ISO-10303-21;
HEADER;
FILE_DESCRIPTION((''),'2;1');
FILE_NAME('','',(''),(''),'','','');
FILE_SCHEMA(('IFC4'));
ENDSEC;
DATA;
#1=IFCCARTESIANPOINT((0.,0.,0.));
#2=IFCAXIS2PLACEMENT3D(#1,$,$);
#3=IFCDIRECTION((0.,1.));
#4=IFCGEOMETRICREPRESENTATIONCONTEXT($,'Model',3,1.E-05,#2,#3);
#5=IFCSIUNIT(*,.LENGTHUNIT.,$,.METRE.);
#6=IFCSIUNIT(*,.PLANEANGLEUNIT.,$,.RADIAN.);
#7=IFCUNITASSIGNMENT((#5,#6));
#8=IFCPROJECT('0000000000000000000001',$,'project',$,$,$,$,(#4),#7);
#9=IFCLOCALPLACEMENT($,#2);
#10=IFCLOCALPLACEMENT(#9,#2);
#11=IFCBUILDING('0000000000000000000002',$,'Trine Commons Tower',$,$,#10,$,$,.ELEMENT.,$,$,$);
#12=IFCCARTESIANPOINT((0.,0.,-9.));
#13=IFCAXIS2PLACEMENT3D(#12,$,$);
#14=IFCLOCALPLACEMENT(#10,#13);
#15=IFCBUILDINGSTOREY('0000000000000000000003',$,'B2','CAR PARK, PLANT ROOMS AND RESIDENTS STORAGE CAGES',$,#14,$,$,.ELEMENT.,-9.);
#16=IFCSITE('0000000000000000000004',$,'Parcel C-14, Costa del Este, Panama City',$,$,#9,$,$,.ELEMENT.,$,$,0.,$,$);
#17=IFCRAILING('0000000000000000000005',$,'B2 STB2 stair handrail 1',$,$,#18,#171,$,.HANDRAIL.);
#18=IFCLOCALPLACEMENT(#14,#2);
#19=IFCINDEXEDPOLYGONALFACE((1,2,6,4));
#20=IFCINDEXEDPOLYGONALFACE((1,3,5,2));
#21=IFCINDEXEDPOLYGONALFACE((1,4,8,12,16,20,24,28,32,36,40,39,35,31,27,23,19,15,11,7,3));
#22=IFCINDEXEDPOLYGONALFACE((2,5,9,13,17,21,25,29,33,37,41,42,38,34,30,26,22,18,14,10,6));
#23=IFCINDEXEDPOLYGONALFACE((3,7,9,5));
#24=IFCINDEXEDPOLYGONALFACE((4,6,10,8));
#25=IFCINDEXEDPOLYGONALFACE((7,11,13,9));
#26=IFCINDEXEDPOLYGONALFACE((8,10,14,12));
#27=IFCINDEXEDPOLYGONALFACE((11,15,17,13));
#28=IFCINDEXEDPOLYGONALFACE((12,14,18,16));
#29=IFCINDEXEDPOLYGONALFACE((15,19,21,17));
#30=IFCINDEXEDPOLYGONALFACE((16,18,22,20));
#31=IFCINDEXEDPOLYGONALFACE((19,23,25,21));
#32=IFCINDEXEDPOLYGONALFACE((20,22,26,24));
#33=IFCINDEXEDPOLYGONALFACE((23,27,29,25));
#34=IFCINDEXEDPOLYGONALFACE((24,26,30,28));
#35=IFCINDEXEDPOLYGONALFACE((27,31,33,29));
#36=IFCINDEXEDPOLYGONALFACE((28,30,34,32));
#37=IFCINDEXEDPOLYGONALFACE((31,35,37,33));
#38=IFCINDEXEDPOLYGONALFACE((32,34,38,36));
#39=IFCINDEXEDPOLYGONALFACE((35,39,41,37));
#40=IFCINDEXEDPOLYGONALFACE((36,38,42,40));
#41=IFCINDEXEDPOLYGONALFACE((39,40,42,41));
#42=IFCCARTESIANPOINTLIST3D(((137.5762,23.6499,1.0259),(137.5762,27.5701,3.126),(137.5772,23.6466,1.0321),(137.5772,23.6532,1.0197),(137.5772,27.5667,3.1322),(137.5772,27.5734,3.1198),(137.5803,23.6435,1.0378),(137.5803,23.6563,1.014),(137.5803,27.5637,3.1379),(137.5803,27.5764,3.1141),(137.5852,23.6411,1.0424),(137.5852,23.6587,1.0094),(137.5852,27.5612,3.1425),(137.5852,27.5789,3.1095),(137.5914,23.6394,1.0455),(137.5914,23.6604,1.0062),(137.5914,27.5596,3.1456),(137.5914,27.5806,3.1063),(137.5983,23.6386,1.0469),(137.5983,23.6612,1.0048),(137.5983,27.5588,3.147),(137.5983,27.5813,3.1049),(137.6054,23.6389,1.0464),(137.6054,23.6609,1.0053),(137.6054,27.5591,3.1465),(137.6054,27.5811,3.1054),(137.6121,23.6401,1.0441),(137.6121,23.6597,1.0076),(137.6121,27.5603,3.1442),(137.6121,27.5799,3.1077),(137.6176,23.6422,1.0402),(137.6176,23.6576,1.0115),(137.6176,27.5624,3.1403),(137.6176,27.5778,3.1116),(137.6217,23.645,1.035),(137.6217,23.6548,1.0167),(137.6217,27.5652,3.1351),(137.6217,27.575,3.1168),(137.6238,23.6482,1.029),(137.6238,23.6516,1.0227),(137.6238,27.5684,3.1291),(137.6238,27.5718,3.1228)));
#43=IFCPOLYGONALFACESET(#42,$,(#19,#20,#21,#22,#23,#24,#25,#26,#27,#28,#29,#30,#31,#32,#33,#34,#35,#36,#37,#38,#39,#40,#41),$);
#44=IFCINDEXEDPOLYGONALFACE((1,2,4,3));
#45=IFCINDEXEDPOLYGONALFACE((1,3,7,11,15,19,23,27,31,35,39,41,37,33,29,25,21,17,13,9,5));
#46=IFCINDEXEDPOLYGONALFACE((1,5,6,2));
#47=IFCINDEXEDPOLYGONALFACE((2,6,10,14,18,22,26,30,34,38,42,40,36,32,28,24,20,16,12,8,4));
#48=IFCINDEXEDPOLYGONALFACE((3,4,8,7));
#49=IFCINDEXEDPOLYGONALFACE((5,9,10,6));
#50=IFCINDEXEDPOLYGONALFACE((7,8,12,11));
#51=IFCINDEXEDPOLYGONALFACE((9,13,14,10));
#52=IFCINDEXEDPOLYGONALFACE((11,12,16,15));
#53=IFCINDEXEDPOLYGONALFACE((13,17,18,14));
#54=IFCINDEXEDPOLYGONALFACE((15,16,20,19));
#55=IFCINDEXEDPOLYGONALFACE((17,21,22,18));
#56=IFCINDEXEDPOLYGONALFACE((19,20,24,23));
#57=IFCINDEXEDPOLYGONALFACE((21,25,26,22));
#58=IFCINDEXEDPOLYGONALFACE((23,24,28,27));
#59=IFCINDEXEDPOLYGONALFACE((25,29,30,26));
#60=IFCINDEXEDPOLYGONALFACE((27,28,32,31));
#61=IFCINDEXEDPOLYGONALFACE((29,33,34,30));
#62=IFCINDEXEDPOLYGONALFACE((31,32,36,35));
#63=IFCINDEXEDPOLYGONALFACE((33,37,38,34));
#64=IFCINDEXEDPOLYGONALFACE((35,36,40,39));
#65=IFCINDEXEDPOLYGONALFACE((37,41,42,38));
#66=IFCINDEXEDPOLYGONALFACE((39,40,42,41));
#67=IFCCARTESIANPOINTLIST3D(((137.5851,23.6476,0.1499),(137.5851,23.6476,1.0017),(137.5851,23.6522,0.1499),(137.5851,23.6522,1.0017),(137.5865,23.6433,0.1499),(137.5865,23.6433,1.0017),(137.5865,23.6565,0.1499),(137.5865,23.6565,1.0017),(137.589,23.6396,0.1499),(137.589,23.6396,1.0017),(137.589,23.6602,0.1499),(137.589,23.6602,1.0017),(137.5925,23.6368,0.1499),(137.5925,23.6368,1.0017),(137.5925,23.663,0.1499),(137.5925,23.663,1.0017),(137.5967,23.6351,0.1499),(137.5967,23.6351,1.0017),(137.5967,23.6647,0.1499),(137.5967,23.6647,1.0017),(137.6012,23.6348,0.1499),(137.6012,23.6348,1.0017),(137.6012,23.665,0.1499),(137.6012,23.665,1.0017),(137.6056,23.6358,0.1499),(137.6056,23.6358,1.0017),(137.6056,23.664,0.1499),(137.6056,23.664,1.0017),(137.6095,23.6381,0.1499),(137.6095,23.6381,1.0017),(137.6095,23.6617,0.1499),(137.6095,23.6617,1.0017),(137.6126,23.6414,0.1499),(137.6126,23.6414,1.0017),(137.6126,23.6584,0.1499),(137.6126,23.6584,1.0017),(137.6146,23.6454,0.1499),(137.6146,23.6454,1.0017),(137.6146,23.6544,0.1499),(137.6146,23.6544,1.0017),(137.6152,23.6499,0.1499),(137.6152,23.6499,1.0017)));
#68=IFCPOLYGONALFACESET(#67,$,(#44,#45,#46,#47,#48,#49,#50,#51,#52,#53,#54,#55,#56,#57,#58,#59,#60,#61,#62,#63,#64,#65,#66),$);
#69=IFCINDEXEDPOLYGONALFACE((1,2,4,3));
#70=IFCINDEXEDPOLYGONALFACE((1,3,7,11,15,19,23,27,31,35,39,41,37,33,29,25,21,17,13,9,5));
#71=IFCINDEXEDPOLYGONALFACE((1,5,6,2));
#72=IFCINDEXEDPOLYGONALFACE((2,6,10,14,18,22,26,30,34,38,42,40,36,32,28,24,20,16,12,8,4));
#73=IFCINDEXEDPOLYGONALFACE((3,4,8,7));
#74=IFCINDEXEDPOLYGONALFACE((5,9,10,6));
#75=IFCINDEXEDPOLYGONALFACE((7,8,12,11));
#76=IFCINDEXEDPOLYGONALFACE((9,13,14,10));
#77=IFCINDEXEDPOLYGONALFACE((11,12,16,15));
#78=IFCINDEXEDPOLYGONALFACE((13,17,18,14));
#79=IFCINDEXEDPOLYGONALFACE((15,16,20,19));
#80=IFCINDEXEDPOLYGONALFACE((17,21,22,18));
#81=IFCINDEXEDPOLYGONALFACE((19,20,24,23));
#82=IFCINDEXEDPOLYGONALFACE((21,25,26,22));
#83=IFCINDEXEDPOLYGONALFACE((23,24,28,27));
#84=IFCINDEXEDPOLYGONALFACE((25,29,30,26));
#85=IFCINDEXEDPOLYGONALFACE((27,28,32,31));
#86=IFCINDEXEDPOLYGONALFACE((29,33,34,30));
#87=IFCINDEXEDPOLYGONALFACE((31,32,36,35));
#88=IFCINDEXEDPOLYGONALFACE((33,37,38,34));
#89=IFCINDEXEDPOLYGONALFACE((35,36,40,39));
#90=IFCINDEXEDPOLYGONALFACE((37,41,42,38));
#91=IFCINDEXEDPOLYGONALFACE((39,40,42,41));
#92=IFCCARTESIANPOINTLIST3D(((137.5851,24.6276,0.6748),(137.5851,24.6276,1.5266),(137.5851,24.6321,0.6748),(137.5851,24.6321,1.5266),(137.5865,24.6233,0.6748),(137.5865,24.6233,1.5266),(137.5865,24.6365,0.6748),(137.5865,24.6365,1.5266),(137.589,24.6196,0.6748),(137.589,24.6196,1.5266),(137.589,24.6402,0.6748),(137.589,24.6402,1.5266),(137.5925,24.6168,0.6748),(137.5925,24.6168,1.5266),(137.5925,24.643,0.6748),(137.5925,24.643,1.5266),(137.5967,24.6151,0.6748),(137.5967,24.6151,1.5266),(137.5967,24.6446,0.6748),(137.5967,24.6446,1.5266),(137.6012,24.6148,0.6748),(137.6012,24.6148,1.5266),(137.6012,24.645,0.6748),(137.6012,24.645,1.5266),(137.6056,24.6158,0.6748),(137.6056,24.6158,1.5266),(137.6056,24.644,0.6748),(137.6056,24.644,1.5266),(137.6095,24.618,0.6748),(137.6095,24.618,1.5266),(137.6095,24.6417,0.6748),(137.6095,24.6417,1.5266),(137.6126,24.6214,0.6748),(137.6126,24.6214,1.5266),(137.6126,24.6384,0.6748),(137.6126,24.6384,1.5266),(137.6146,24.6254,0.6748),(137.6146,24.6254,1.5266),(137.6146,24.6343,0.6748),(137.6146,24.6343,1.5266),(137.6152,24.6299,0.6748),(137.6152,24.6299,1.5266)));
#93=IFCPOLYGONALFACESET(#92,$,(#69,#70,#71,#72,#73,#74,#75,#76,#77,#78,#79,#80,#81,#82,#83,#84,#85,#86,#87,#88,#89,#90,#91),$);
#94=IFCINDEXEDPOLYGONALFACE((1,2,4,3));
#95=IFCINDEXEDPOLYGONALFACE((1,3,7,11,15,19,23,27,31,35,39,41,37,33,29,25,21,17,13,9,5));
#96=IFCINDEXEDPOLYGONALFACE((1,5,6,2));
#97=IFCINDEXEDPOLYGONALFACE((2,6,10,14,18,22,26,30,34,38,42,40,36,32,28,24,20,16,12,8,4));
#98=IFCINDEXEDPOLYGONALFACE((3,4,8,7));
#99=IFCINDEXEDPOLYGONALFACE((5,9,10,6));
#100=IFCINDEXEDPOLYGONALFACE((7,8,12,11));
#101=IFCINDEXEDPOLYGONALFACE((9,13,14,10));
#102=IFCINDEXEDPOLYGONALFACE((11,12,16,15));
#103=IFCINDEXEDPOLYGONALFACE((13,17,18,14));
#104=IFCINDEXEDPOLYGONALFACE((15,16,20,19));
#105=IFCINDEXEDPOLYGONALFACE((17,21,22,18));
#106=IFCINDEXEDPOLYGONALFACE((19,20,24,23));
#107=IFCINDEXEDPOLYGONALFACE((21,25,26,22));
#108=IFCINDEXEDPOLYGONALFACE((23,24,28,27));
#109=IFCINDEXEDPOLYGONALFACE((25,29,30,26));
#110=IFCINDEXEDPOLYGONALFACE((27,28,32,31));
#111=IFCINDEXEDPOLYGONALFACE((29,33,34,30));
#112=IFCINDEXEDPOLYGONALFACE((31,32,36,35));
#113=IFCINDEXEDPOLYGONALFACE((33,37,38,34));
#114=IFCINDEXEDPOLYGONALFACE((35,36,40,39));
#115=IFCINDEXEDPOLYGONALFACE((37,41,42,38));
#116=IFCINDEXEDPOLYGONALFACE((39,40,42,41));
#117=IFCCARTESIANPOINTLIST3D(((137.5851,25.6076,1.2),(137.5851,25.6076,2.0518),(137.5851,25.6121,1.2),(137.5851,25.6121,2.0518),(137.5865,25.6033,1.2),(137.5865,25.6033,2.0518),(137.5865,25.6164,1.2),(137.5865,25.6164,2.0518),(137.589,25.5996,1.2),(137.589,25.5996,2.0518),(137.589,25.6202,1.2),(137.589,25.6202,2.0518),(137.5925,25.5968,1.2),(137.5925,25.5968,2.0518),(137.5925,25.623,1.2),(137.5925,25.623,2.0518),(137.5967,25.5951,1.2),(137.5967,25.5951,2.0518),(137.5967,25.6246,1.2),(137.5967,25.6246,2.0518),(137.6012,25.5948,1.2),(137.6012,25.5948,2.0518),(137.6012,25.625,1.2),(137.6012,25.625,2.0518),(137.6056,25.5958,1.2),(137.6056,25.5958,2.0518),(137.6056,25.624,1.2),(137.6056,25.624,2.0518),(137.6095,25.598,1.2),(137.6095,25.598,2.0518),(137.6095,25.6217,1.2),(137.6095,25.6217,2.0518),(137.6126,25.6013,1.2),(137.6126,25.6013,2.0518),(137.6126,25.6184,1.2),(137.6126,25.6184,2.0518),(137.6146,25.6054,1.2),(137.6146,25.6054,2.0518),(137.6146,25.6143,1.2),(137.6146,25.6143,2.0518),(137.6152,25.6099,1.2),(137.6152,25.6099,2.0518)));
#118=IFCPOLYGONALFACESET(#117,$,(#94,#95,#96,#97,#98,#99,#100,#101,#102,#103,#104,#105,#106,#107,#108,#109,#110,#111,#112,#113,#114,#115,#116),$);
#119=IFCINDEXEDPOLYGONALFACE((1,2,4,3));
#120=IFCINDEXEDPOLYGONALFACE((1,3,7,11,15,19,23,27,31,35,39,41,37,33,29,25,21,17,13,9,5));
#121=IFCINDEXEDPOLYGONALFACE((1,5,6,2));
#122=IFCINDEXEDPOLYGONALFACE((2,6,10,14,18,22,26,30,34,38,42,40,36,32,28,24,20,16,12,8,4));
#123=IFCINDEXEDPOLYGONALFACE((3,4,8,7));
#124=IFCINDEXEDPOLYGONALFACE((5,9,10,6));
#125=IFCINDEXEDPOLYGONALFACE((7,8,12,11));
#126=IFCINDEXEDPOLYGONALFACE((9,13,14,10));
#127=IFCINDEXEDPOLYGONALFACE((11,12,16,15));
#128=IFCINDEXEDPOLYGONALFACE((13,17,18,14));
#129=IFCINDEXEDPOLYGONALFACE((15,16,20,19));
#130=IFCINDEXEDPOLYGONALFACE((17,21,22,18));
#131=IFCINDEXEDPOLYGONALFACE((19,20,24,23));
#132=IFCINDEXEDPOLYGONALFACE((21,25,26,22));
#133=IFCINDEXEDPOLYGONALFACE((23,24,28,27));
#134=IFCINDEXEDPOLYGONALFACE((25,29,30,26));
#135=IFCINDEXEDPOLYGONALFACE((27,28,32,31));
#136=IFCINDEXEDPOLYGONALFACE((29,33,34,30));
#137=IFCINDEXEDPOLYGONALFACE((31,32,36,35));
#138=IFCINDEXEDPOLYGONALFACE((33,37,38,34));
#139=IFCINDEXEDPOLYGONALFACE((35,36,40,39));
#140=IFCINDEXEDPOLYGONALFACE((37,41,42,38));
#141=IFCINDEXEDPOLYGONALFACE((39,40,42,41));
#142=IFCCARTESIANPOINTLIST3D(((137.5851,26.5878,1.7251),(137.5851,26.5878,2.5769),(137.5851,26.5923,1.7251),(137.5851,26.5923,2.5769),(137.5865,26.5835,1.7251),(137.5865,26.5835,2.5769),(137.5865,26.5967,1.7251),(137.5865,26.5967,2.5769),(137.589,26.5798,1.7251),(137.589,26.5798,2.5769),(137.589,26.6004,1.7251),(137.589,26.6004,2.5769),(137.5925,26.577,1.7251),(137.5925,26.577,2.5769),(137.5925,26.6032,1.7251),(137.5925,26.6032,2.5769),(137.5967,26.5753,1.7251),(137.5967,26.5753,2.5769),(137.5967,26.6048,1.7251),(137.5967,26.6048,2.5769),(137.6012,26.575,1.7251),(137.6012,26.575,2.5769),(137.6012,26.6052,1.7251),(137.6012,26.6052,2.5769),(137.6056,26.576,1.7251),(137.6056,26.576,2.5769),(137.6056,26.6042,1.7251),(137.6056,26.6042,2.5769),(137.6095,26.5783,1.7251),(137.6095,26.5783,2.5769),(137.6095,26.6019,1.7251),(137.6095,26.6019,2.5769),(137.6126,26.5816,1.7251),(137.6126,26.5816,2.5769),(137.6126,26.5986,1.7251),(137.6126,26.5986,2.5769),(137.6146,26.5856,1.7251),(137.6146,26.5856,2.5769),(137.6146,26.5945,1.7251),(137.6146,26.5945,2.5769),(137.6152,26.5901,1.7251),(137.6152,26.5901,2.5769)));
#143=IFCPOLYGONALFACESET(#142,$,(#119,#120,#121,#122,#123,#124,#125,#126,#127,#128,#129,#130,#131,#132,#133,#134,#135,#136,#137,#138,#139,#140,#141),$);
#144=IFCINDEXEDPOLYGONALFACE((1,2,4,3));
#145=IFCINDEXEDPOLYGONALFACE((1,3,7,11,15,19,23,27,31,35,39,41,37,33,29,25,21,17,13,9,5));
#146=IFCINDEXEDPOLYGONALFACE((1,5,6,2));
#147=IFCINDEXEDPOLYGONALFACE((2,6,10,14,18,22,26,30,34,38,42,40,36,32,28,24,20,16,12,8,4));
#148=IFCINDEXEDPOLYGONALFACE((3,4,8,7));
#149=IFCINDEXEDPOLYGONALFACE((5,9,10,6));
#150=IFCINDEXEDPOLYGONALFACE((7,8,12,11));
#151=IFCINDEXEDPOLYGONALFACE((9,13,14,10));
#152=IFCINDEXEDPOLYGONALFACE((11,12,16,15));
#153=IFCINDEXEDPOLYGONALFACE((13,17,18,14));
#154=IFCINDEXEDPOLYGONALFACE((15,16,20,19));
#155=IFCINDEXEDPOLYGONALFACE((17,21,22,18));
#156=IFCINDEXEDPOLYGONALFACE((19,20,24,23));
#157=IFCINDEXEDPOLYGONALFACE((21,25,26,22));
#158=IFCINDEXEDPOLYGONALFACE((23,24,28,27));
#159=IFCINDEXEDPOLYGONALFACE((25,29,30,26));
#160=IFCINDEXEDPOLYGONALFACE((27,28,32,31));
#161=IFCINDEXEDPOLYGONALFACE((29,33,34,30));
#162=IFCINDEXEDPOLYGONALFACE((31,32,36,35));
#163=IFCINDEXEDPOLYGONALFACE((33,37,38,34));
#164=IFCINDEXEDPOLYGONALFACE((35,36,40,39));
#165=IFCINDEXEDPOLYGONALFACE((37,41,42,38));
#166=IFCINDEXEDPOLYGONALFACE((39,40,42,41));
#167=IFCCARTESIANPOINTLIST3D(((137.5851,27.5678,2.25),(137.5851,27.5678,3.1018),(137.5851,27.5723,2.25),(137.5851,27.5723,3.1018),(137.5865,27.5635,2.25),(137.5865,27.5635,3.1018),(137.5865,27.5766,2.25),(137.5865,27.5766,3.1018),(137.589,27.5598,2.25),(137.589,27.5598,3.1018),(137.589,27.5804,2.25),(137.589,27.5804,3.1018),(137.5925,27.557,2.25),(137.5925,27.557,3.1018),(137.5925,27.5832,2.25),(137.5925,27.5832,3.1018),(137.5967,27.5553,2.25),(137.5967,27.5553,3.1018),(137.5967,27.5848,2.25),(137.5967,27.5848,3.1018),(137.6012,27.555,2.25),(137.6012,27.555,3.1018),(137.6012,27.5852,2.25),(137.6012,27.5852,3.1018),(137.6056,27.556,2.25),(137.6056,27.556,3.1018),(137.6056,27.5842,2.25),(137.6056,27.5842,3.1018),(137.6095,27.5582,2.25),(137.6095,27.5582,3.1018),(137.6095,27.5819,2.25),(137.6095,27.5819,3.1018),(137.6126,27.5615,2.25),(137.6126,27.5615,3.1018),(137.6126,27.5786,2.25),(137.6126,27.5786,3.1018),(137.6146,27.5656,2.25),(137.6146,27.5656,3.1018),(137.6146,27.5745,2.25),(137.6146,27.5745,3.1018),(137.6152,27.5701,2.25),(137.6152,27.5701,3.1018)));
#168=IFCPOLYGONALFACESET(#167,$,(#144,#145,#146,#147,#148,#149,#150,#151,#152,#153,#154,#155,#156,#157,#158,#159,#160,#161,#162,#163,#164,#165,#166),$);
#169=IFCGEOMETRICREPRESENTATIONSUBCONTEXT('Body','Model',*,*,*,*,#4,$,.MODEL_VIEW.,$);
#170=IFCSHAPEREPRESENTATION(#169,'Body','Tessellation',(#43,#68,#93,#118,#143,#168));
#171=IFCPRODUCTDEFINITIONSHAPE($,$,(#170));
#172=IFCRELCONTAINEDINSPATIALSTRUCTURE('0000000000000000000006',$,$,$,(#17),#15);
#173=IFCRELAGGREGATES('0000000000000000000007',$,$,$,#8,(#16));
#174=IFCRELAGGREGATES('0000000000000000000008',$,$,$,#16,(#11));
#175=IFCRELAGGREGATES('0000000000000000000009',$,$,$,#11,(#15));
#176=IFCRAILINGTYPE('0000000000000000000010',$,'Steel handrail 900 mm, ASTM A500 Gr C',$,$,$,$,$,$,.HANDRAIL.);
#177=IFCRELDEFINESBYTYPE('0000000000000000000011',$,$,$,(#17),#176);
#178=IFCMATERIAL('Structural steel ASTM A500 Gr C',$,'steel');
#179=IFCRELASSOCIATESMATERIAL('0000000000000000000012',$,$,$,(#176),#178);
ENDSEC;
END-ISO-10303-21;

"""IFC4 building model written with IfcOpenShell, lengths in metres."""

from ifc_helpers import new_model, si_unit, direction, frame, origin, origin_2d, place, context, subcontext, project, spatial, circle, extrude, material, type_object, element, save


model = new_model("IFC4")

# Units and contexts
model_context = context("Model", 3, precision=1e-05, world=origin(), true_north=direction((0.0, 1.0)))
body_context = subcontext(model_context, "Body", "Model", "MODEL_VIEW")
ifc_project = project(units=[si_unit("LENGTHUNIT", "METRE"), si_unit("PLANEANGLEUNIT", "RADIAN")], contexts=[model_context])

# Site, building, storey
site_placement = place(None, origin())
site = spatial("IfcSite", under=ifc_project, at=site_placement, Name="Parcel C-14, Costa del Este, Panama City", CompositionType="ELEMENT", RefElevation=0.0)
building_placement = place(site_placement, origin())
building = spatial("IfcBuilding", under=site, at=building_placement, Name="Trine Commons Tower", CompositionType="ELEMENT")
storey_placement = place(building_placement, frame((0.0, 0.0, -9.0)))
storey = spatial("IfcBuildingStorey", under=building, at=storey_placement, Name="B2", Description="CAR PARK, PLANT ROOMS AND RESIDENTS STORAGE CAGES", CompositionType="ELEMENT", Elevation=-9.0)

# Railing
ifc_material_1 = material(Name="Structural steel ASTM A500 Gr C", Category="steel")
railing_type_1 = type_object("IfcRailingType", Name="Steel handrail 900 mm, ASTM A500 Gr C", PredefinedType="HANDRAIL", material=ifc_material_1)
railing_1_placement = place(storey_placement, frame((137.6001, 23.6499, 0.1499)))
element("IfcRailing", 1, at=railing_1_placement, inside=storey, type_object=railing_type_1, Name="B2 STB2 stair handrail 1", PredefinedType="HANDRAIL", context=body_context, shape_type="SweptSolid", body=[
    extrude(circle(Radius=0.0239, at=origin_2d()), frame((0.0, 0.0, 0.876), z_axis=(0.0, 0.881479, 0.472223), x_axis=(-1.0, 0.0, 0.0)), (0.0, 0.0, 1.0), 4.4473),
    extrude(circle(Radius=0.0151, at=origin_2d()), origin(), (0.0, 0.0, 1.0), 0.8518),
    extrude(circle(Radius=0.0151, at=origin_2d()), frame((0.0, 0.98, 0.5249)), (0.0, 0.0, 1.0), 0.8518),
    extrude(circle(Radius=0.0151, at=origin_2d()), frame((0.0, 1.96, 1.05)), (0.0, 0.0, 1.0), 0.8518),
    extrude(circle(Radius=0.0151, at=origin_2d()), frame((0.0, 2.9402, 1.5752)), (0.0, 0.0, 1.0), 0.8518),
    extrude(circle(Radius=0.0151, at=origin_2d()), frame((0.0, 3.9202, 2.1001)), (0.0, 0.0, 1.0), 0.8518),
])

save(model, "model.ifc")
